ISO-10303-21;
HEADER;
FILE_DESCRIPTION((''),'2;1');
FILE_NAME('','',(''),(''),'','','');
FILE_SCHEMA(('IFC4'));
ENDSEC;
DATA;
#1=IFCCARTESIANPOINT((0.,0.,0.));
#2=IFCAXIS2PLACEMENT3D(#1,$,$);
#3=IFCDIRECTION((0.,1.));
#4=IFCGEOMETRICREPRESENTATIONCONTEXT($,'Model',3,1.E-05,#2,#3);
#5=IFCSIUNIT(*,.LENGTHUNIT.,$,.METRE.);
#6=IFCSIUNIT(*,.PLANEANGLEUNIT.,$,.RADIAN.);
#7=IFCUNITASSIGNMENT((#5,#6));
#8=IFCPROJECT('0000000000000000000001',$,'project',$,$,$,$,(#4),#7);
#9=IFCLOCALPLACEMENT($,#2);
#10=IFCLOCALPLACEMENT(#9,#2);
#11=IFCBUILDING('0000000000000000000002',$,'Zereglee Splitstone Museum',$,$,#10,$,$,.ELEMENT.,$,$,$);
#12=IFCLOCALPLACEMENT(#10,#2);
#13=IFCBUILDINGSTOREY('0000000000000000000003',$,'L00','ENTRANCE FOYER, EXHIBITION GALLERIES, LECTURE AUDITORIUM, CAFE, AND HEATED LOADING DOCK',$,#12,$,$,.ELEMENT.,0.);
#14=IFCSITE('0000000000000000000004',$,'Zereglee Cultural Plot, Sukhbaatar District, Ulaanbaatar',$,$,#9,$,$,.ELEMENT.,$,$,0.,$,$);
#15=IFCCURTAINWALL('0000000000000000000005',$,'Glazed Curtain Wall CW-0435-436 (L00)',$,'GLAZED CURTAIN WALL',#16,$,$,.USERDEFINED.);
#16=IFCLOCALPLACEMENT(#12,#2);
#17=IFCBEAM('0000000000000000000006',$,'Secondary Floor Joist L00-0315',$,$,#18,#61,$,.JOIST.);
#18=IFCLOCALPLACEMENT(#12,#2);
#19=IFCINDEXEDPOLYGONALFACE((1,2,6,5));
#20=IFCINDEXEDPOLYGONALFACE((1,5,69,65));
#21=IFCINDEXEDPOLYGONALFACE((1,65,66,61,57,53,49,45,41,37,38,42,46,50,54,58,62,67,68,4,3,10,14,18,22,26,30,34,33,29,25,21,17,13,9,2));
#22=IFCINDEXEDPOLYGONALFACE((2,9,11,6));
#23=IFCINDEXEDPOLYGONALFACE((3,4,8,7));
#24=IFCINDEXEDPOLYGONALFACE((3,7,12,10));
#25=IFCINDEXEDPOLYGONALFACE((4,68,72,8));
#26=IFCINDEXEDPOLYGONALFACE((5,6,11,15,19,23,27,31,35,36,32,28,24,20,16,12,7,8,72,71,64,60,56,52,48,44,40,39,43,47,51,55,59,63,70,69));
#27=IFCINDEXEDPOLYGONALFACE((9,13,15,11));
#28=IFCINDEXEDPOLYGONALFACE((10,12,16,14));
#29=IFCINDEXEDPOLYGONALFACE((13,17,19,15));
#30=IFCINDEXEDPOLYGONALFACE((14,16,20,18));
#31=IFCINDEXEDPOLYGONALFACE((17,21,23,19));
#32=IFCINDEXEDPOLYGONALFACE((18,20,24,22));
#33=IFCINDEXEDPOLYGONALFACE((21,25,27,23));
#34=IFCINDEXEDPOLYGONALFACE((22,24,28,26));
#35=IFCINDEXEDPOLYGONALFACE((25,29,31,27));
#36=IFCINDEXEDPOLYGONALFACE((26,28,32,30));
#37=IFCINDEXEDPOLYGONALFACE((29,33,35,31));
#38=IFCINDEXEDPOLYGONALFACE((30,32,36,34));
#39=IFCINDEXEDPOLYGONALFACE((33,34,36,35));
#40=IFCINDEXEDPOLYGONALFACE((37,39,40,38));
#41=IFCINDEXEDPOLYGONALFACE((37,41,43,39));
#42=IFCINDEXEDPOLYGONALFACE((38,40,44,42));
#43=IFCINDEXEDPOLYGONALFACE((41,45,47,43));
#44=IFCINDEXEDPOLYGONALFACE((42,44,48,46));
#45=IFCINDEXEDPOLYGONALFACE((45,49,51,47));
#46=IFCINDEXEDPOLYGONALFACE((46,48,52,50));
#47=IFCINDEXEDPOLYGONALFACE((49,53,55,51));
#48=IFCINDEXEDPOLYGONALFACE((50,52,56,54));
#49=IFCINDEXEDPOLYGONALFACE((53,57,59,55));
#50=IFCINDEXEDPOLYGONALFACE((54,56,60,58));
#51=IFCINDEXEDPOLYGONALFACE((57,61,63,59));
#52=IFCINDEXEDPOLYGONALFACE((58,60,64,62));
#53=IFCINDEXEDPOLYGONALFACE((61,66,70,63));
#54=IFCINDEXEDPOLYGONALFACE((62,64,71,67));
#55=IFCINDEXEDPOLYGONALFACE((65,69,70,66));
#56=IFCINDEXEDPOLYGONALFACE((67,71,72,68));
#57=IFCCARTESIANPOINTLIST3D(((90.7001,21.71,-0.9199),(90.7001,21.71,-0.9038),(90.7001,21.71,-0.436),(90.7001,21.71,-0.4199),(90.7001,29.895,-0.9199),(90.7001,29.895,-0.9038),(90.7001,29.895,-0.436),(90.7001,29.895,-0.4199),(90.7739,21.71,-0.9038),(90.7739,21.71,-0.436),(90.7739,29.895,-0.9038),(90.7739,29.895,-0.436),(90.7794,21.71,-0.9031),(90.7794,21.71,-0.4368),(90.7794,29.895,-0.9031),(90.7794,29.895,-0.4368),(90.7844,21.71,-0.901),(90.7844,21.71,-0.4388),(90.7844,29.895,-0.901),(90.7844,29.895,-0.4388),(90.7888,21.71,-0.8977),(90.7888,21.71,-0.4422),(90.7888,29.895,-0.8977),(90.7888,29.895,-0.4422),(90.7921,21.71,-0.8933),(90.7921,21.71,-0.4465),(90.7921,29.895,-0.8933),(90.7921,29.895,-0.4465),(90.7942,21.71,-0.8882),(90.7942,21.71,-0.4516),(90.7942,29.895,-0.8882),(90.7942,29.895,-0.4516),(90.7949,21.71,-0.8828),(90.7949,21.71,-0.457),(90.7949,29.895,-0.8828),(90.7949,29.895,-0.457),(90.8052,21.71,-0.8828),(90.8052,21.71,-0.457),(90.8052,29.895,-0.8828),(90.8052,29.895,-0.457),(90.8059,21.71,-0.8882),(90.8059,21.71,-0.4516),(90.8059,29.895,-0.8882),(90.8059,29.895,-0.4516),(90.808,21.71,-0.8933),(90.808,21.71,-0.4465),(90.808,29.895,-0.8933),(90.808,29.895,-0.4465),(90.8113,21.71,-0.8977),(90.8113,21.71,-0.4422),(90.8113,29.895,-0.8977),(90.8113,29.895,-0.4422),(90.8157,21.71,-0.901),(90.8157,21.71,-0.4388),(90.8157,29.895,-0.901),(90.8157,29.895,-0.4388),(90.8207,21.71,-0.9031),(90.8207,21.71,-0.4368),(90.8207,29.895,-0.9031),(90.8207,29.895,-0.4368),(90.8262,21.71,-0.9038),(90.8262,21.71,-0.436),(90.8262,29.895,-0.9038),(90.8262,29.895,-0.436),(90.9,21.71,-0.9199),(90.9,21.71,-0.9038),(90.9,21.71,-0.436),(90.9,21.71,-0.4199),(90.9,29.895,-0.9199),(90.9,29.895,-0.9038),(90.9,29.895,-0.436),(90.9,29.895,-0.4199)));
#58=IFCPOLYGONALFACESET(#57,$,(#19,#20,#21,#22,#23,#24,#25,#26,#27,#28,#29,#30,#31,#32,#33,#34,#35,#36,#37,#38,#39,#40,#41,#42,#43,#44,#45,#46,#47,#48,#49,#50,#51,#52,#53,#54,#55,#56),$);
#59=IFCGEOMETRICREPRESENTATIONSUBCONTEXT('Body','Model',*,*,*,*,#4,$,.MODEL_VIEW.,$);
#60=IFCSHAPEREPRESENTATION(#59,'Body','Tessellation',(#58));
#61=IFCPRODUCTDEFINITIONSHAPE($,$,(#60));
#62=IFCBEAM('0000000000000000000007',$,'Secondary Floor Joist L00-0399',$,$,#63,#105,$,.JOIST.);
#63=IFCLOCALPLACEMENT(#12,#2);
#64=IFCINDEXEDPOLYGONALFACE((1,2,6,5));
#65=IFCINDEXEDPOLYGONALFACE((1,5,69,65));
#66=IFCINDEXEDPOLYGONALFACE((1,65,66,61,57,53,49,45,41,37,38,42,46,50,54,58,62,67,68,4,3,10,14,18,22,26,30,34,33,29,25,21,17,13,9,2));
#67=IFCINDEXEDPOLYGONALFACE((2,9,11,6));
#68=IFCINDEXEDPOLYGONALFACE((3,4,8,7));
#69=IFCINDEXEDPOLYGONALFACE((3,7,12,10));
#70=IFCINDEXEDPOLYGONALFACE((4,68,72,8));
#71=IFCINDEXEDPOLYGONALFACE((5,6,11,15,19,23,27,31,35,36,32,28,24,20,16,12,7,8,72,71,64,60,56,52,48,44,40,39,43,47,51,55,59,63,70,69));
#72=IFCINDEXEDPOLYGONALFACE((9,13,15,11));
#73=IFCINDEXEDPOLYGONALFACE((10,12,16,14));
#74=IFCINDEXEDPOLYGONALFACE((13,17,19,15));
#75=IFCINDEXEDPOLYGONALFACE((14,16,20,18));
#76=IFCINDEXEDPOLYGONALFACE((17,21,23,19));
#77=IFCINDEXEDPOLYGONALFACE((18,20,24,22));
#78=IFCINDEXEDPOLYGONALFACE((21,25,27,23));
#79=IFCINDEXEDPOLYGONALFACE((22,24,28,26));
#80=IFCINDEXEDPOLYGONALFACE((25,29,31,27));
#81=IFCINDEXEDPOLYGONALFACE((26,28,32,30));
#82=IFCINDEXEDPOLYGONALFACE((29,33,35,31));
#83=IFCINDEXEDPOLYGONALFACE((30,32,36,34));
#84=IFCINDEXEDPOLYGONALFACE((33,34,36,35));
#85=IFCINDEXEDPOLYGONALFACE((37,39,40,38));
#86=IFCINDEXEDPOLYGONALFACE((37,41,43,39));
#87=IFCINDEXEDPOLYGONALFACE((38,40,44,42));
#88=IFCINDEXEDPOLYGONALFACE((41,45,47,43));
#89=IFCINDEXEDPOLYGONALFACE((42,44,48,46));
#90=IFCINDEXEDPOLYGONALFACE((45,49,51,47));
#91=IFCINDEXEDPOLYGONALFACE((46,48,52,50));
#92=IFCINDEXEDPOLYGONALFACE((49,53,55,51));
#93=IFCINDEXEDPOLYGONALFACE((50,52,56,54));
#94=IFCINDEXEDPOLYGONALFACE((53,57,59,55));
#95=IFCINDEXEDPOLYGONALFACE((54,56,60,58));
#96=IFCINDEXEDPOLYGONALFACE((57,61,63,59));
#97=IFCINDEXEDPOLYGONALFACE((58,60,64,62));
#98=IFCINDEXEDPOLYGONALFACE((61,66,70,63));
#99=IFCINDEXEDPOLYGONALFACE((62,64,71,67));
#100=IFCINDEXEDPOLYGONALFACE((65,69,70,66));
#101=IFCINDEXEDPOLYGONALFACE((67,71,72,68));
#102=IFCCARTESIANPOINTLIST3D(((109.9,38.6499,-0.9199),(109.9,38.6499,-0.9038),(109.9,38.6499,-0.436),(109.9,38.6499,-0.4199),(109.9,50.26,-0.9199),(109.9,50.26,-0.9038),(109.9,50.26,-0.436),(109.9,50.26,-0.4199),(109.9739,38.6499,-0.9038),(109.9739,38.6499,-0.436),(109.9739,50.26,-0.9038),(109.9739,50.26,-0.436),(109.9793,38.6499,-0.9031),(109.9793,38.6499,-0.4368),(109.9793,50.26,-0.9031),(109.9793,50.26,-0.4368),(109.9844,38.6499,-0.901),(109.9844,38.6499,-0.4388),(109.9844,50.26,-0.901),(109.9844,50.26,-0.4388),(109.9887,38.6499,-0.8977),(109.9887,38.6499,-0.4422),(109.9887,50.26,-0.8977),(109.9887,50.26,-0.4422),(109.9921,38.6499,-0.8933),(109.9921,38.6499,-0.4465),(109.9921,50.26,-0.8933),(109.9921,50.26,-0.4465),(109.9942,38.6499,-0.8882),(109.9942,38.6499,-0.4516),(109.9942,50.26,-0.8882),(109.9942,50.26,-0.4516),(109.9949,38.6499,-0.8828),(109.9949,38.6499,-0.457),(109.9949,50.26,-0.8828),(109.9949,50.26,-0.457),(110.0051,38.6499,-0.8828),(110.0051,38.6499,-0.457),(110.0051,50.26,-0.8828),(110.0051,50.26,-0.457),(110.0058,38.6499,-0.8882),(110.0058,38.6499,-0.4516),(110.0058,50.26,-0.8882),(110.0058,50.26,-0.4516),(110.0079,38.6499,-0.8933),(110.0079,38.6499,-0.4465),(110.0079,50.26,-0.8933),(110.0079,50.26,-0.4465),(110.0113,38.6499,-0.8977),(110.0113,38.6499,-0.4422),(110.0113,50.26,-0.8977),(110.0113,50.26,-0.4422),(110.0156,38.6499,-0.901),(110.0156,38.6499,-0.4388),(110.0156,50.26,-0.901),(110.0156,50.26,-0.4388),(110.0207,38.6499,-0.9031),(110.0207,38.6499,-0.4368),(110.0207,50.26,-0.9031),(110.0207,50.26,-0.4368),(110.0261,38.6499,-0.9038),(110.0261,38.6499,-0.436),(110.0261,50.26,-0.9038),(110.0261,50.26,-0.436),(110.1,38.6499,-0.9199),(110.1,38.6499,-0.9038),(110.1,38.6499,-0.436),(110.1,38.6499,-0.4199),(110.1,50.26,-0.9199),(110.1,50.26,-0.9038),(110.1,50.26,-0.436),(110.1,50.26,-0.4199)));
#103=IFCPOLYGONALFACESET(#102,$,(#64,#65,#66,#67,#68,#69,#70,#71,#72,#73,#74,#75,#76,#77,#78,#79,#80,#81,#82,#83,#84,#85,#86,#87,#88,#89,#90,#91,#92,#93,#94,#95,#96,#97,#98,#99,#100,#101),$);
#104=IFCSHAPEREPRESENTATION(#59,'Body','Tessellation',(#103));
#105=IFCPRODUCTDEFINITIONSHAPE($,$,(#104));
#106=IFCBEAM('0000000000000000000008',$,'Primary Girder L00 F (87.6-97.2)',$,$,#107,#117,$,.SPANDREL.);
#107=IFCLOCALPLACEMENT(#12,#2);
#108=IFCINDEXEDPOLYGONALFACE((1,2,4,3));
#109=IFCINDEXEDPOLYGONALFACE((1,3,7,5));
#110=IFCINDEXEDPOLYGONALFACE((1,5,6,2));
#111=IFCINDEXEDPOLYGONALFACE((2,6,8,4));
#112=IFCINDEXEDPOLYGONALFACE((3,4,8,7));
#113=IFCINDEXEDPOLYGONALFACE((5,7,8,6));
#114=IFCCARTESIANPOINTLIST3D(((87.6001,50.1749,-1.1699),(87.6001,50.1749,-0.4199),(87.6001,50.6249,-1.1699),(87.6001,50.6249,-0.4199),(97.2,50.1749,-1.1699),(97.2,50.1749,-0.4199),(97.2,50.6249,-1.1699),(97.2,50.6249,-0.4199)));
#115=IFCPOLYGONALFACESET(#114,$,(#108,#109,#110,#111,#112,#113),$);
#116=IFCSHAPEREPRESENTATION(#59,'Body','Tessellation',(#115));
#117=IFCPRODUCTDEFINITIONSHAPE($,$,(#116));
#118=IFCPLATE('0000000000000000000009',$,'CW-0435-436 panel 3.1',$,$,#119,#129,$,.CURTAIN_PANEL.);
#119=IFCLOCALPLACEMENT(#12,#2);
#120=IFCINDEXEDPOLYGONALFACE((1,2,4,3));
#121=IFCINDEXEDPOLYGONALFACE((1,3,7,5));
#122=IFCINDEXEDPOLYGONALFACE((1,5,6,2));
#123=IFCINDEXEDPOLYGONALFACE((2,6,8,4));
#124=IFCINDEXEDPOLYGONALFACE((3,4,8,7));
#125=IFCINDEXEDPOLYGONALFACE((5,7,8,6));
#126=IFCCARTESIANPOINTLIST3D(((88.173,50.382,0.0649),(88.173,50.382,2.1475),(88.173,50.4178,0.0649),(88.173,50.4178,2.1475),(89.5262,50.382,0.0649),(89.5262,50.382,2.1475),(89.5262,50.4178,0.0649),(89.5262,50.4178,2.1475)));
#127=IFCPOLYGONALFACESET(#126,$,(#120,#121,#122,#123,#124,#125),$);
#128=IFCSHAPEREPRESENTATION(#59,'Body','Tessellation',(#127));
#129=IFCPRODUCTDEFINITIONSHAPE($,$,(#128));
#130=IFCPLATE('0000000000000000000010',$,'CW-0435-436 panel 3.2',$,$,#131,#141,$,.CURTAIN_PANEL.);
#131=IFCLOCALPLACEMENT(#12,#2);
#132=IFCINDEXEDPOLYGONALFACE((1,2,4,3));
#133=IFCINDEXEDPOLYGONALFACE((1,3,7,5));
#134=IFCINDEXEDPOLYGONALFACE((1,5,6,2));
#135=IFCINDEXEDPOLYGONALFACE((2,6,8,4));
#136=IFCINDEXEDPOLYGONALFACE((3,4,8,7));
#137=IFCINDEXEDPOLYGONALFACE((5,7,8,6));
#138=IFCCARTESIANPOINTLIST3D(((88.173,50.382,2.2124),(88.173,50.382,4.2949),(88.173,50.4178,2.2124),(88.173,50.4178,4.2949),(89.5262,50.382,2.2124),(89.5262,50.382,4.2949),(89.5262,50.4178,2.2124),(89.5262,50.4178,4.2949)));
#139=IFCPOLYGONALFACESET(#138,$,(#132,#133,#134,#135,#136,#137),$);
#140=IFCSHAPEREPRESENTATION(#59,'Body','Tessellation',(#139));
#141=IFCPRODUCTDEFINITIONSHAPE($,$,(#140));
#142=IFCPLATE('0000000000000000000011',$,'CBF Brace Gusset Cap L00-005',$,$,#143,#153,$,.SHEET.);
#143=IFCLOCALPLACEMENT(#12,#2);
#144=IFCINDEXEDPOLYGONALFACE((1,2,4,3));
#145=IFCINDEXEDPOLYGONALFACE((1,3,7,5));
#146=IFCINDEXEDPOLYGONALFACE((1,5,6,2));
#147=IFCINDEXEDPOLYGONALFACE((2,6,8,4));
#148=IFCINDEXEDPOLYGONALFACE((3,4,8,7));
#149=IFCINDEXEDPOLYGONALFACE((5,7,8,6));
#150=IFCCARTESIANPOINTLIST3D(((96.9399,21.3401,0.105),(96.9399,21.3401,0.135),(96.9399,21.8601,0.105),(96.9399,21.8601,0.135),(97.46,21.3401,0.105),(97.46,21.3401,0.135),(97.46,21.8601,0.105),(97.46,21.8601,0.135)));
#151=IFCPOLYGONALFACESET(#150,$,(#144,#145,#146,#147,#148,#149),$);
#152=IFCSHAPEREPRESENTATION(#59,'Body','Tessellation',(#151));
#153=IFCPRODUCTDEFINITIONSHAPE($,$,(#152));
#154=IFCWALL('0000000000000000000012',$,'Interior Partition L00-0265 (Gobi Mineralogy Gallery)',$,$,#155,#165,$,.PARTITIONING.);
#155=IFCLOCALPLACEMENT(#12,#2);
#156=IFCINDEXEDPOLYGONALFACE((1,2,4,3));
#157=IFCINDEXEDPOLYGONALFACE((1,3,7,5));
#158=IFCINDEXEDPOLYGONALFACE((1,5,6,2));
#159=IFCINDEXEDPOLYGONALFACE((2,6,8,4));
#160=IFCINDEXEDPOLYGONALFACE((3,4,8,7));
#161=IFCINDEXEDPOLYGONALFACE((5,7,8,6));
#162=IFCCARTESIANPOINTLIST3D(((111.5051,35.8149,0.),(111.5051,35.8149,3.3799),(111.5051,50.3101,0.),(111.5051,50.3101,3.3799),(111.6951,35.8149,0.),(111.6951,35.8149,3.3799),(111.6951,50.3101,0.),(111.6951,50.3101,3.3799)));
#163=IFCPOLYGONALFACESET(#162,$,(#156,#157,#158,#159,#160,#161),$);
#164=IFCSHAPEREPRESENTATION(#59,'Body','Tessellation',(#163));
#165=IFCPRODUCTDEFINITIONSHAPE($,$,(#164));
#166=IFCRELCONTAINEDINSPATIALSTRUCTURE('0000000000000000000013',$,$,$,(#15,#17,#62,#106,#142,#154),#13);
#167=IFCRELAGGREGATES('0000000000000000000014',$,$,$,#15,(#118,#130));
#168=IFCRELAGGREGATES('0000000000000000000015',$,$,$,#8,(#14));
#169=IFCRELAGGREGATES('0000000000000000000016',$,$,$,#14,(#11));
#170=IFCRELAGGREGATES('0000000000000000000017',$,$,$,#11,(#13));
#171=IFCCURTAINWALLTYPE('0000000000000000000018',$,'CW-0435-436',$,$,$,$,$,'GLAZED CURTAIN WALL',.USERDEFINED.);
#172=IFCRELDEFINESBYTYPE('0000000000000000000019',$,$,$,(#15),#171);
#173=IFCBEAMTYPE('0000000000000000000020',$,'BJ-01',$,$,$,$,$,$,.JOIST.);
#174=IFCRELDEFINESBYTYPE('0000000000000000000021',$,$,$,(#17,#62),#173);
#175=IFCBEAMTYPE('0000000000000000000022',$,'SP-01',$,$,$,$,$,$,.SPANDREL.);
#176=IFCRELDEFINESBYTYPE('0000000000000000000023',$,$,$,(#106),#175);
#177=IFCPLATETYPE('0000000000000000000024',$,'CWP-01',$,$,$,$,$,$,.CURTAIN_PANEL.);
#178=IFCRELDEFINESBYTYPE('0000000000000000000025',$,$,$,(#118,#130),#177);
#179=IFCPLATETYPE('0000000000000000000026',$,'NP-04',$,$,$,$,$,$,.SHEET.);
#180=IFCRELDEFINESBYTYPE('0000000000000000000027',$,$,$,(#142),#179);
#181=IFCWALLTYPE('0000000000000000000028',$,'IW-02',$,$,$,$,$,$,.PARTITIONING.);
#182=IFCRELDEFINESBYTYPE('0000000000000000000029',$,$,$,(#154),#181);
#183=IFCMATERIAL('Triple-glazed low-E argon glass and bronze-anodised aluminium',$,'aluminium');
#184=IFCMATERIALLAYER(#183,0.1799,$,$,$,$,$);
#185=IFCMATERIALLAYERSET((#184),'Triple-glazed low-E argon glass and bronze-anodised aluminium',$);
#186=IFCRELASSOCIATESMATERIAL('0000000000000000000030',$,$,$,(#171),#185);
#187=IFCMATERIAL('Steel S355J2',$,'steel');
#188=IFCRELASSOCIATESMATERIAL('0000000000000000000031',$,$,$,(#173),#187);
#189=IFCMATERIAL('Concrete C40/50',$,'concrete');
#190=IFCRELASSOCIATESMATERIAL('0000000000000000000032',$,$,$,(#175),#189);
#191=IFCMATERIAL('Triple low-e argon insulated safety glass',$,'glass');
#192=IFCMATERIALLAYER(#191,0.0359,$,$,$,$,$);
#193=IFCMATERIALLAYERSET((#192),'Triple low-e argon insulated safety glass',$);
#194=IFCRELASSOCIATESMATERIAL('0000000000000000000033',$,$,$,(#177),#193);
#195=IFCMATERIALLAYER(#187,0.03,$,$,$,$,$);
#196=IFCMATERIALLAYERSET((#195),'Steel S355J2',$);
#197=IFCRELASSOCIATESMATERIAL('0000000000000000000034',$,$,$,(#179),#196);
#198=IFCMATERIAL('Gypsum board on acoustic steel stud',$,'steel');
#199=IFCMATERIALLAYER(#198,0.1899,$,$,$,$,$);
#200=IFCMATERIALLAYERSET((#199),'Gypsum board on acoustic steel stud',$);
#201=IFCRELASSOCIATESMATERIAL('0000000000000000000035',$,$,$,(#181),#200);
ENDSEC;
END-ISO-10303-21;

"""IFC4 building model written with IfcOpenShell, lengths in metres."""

from ifc_helpers import new_model, si_unit, direction, frame, frame_2d, origin, origin_2d, place, context, subcontext, project, spatial, rectangle, i_section, extrude, material, layer, layer_set, material_profile, profile_set, type_object, element, aggregate, save


model = new_model("IFC4")

# Units and contexts
model_context = context("Model", 3, precision=1e-05, world=origin(), true_north=direction((0.0, 1.0)))
body_context = subcontext(model_context, "Body", "Model", "MODEL_VIEW")
ifc_project = project(units=[si_unit("LENGTHUNIT", "METRE"), si_unit("PLANEANGLEUNIT", "RADIAN")], contexts=[model_context])

# Site, building, storey
site_placement = place(None, origin())
site = spatial("IfcSite", under=ifc_project, at=site_placement, Name="Zereglee Cultural Plot, Sukhbaatar District, Ulaanbaatar", CompositionType="ELEMENT", RefElevation=0.0)
building_placement = place(site_placement, origin())
building = spatial("IfcBuilding", under=site, at=building_placement, Name="Zereglee Splitstone Museum", CompositionType="ELEMENT")
storey_placement = place(building_placement, origin())
storey = spatial("IfcBuildingStorey", under=building, at=storey_placement, Name="L00", Description="ENTRANCE FOYER, EXHIBITION GALLERIES, LECTURE AUDITORIUM, CAFE, AND HEATED LOADING DOCK", CompositionType="ELEMENT", Elevation=0.0)

# Shared definitions
ifc_material_1 = material(Name="Concrete C40/50", Category="concrete")

# Curtain wall
ifc_material_2 = material(Name="Triple-glazed low-E argon glass and bronze-anodised aluminium", Category="aluminium")
ifc_layer_1 = layer(ifc_material_2, 0.1799)
ifc_layer_set_1 = layer_set([ifc_layer_1], Name="Triple-glazed low-E argon glass and bronze-anodised aluminium")
curtain_wall_type_1 = type_object("IfcCurtainWallType", Name="CW-0435-436", ElementType="GLAZED CURTAIN WALL", PredefinedType="USERDEFINED", material=ifc_layer_set_1)
curtain_wall_1_placement = place(storey_placement, origin())
curtain_wall_1 = element("IfcCurtainWall", 1, at=curtain_wall_1_placement, inside=storey, type_object=curtain_wall_type_1, Name="Glazed Curtain Wall CW-0435-436 (L00)", ObjectType="GLAZED CURTAIN WALL", PredefinedType="USERDEFINED")

# Beams
ifc_material_3 = material(Name="Steel S355J2", Category="steel")
ifc_material_profile_1 = material_profile(ifc_material_3, i_section(OverallWidth=0.2, OverallDepth=0.5, WebThickness=0.0103, FlangeThickness=0.0161, FilletRadius=0.021, at=origin_2d()), Name="IPE 500")
ifc_profile_set_1 = profile_set([ifc_material_profile_1], Name="Steel S355J2")
beam_type_1 = type_object("IfcBeamType", Name="BJ-01", PredefinedType="JOIST", material=ifc_profile_set_1)
beam_1_placement = place(storey_placement, frame((90.8, 21.71, -0.6699), z_axis=(0.0, 1.0, 0.0), x_axis=(-1.0, 0.0, 0.0)))
element("IfcBeam", 2, at=beam_1_placement, inside=storey, type_object=beam_type_1, Name="Secondary Floor Joist L00-0315", PredefinedType="JOIST", context=body_context, shape_type="SweptSolid", body=[
    extrude(i_section(OverallWidth=0.2, OverallDepth=0.5, WebThickness=0.0103, FlangeThickness=0.0161, FilletRadius=0.021, at=origin_2d()), origin(), (0.0, 0.0, 1.0), 8.1851),
])
beam_2_placement = place(storey_placement, frame((110.0, 38.6499, -0.6699), z_axis=(0.0, 1.0, 0.0), x_axis=(-1.0, 0.0, 0.0)))
element("IfcBeam", 3, at=beam_2_placement, inside=storey, type_object=beam_type_1, Name="Secondary Floor Joist L00-0399", PredefinedType="JOIST", context=body_context, shape_type="SweptSolid", body=[
    extrude(i_section(OverallWidth=0.2, OverallDepth=0.5, WebThickness=0.0103, FlangeThickness=0.0161, FilletRadius=0.021, at=origin_2d()), origin(), (0.0, 0.0, 1.0), 11.6101),
])
ifc_material_profile_2 = material_profile(ifc_material_1, rectangle(XDim=0.45, YDim=0.75, at=origin_2d()), Name="RC 450x750")
ifc_profile_set_2 = profile_set([ifc_material_profile_2], Name="Concrete C40/50")
beam_type_2 = type_object("IfcBeamType", Name="SP-01", PredefinedType="SPANDREL", material=ifc_profile_set_2)
beam_3_placement = place(storey_placement, frame((87.6001, 50.3999, -0.7949), z_axis=(1.0, 0.0, 0.0), x_axis=(0.0, 1.0, 0.0)))
element("IfcBeam", 4, at=beam_3_placement, inside=storey, type_object=beam_type_2, Name="Primary Girder L00 F (87.6-97.2)", PredefinedType="SPANDREL", context=body_context, shape_type="SweptSolid", body=[
    extrude(rectangle(XDim=0.45, YDim=0.75, at=origin_2d()), origin(), (0.0, 0.0, 1.0), 9.5999),
])

# Plates
ifc_material_4 = material(Name="Triple low-e argon insulated safety glass", Category="glass")
ifc_layer_2 = layer(ifc_material_4, 0.0359)
ifc_layer_set_2 = layer_set([ifc_layer_2], Name="Triple low-e argon insulated safety glass")
plate_type_1 = type_object("IfcPlateType", Name="CWP-01", PredefinedType="CURTAIN_PANEL", material=ifc_layer_set_2)
plate_1_placement = place(storey_placement, frame((88.8496, 50.3999, 0.0649), z_axis=(0.0, 0.0, 1.0), x_axis=(-1.0, 0.0, 0.0)))
plate_1 = element("IfcPlate", 5, at=plate_1_placement, type_object=plate_type_1, Name="CW-0435-436 panel 3.1", PredefinedType="CURTAIN_PANEL", context=body_context, shape_type="SweptSolid", body=[
    extrude(rectangle(XDim=1.3533, YDim=0.0359, at=origin_2d()), origin(), (0.0, 0.0, 1.0), 2.0825),
])
plate_2_placement = place(storey_placement, frame((88.8496, 50.3999, 2.2124), z_axis=(0.0, 0.0, 1.0), x_axis=(-1.0, 0.0, 0.0)))
plate_2 = element("IfcPlate", 6, at=plate_2_placement, type_object=plate_type_1, Name="CW-0435-436 panel 3.2", PredefinedType="CURTAIN_PANEL", context=body_context, shape_type="SweptSolid", body=[
    extrude(rectangle(XDim=1.3533, YDim=0.0359, at=origin_2d()), origin(), (0.0, 0.0, 1.0), 2.0825),
])
aggregate(curtain_wall_1, [plate_1, plate_2])
ifc_layer_3 = layer(ifc_material_3, 0.03)
ifc_layer_set_3 = layer_set([ifc_layer_3], Name="Steel S355J2")
plate_type_2 = type_object("IfcPlateType", Name="NP-04", PredefinedType="SHEET", material=ifc_layer_set_3)
plate_3_placement = place(storey_placement, frame((97.2, 21.6001, 0.105), z_axis=(0.0, 0.0, 1.0), x_axis=(1.0, 0.0, 0.0)))
element("IfcPlate", 7, at=plate_3_placement, inside=storey, type_object=plate_type_2, Name="CBF Brace Gusset Cap L00-005", PredefinedType="SHEET", context=body_context, shape_type="SweptSolid", body=[
    extrude(rectangle(XDim=0.52, YDim=0.52, at=origin_2d()), origin(), (0.0, 0.0, 1.0), 0.03),
])

# Wall
ifc_material_5 = material(Name="Gypsum board on acoustic steel stud", Category="steel")
ifc_layer_4 = layer(ifc_material_5, 0.1899)
ifc_layer_set_4 = layer_set([ifc_layer_4], Name="Gypsum board on acoustic steel stud")
wall_type = type_object("IfcWallType", Name="IW-02", PredefinedType="PARTITIONING", material=ifc_layer_set_4)
wall_placement = place(storey_placement, frame((111.6001, 35.8149, 0.0), z_axis=(0.0, 0.0, 1.0), x_axis=(0.0, 1.0, 0.0)))
element("IfcWall", 8, at=wall_placement, inside=storey, type_object=wall_type, Name="Interior Partition L00-0265 (Gobi Mineralogy Gallery)", PredefinedType="PARTITIONING", context=body_context, shape_type="SweptSolid", body=[
    extrude(rectangle(XDim=14.4951, YDim=0.1899, at=frame_2d((7.2476, 0.0))), origin(), (0.0, 0.0, 1.0), 3.3799),
])

save(model, "model.ifc")
